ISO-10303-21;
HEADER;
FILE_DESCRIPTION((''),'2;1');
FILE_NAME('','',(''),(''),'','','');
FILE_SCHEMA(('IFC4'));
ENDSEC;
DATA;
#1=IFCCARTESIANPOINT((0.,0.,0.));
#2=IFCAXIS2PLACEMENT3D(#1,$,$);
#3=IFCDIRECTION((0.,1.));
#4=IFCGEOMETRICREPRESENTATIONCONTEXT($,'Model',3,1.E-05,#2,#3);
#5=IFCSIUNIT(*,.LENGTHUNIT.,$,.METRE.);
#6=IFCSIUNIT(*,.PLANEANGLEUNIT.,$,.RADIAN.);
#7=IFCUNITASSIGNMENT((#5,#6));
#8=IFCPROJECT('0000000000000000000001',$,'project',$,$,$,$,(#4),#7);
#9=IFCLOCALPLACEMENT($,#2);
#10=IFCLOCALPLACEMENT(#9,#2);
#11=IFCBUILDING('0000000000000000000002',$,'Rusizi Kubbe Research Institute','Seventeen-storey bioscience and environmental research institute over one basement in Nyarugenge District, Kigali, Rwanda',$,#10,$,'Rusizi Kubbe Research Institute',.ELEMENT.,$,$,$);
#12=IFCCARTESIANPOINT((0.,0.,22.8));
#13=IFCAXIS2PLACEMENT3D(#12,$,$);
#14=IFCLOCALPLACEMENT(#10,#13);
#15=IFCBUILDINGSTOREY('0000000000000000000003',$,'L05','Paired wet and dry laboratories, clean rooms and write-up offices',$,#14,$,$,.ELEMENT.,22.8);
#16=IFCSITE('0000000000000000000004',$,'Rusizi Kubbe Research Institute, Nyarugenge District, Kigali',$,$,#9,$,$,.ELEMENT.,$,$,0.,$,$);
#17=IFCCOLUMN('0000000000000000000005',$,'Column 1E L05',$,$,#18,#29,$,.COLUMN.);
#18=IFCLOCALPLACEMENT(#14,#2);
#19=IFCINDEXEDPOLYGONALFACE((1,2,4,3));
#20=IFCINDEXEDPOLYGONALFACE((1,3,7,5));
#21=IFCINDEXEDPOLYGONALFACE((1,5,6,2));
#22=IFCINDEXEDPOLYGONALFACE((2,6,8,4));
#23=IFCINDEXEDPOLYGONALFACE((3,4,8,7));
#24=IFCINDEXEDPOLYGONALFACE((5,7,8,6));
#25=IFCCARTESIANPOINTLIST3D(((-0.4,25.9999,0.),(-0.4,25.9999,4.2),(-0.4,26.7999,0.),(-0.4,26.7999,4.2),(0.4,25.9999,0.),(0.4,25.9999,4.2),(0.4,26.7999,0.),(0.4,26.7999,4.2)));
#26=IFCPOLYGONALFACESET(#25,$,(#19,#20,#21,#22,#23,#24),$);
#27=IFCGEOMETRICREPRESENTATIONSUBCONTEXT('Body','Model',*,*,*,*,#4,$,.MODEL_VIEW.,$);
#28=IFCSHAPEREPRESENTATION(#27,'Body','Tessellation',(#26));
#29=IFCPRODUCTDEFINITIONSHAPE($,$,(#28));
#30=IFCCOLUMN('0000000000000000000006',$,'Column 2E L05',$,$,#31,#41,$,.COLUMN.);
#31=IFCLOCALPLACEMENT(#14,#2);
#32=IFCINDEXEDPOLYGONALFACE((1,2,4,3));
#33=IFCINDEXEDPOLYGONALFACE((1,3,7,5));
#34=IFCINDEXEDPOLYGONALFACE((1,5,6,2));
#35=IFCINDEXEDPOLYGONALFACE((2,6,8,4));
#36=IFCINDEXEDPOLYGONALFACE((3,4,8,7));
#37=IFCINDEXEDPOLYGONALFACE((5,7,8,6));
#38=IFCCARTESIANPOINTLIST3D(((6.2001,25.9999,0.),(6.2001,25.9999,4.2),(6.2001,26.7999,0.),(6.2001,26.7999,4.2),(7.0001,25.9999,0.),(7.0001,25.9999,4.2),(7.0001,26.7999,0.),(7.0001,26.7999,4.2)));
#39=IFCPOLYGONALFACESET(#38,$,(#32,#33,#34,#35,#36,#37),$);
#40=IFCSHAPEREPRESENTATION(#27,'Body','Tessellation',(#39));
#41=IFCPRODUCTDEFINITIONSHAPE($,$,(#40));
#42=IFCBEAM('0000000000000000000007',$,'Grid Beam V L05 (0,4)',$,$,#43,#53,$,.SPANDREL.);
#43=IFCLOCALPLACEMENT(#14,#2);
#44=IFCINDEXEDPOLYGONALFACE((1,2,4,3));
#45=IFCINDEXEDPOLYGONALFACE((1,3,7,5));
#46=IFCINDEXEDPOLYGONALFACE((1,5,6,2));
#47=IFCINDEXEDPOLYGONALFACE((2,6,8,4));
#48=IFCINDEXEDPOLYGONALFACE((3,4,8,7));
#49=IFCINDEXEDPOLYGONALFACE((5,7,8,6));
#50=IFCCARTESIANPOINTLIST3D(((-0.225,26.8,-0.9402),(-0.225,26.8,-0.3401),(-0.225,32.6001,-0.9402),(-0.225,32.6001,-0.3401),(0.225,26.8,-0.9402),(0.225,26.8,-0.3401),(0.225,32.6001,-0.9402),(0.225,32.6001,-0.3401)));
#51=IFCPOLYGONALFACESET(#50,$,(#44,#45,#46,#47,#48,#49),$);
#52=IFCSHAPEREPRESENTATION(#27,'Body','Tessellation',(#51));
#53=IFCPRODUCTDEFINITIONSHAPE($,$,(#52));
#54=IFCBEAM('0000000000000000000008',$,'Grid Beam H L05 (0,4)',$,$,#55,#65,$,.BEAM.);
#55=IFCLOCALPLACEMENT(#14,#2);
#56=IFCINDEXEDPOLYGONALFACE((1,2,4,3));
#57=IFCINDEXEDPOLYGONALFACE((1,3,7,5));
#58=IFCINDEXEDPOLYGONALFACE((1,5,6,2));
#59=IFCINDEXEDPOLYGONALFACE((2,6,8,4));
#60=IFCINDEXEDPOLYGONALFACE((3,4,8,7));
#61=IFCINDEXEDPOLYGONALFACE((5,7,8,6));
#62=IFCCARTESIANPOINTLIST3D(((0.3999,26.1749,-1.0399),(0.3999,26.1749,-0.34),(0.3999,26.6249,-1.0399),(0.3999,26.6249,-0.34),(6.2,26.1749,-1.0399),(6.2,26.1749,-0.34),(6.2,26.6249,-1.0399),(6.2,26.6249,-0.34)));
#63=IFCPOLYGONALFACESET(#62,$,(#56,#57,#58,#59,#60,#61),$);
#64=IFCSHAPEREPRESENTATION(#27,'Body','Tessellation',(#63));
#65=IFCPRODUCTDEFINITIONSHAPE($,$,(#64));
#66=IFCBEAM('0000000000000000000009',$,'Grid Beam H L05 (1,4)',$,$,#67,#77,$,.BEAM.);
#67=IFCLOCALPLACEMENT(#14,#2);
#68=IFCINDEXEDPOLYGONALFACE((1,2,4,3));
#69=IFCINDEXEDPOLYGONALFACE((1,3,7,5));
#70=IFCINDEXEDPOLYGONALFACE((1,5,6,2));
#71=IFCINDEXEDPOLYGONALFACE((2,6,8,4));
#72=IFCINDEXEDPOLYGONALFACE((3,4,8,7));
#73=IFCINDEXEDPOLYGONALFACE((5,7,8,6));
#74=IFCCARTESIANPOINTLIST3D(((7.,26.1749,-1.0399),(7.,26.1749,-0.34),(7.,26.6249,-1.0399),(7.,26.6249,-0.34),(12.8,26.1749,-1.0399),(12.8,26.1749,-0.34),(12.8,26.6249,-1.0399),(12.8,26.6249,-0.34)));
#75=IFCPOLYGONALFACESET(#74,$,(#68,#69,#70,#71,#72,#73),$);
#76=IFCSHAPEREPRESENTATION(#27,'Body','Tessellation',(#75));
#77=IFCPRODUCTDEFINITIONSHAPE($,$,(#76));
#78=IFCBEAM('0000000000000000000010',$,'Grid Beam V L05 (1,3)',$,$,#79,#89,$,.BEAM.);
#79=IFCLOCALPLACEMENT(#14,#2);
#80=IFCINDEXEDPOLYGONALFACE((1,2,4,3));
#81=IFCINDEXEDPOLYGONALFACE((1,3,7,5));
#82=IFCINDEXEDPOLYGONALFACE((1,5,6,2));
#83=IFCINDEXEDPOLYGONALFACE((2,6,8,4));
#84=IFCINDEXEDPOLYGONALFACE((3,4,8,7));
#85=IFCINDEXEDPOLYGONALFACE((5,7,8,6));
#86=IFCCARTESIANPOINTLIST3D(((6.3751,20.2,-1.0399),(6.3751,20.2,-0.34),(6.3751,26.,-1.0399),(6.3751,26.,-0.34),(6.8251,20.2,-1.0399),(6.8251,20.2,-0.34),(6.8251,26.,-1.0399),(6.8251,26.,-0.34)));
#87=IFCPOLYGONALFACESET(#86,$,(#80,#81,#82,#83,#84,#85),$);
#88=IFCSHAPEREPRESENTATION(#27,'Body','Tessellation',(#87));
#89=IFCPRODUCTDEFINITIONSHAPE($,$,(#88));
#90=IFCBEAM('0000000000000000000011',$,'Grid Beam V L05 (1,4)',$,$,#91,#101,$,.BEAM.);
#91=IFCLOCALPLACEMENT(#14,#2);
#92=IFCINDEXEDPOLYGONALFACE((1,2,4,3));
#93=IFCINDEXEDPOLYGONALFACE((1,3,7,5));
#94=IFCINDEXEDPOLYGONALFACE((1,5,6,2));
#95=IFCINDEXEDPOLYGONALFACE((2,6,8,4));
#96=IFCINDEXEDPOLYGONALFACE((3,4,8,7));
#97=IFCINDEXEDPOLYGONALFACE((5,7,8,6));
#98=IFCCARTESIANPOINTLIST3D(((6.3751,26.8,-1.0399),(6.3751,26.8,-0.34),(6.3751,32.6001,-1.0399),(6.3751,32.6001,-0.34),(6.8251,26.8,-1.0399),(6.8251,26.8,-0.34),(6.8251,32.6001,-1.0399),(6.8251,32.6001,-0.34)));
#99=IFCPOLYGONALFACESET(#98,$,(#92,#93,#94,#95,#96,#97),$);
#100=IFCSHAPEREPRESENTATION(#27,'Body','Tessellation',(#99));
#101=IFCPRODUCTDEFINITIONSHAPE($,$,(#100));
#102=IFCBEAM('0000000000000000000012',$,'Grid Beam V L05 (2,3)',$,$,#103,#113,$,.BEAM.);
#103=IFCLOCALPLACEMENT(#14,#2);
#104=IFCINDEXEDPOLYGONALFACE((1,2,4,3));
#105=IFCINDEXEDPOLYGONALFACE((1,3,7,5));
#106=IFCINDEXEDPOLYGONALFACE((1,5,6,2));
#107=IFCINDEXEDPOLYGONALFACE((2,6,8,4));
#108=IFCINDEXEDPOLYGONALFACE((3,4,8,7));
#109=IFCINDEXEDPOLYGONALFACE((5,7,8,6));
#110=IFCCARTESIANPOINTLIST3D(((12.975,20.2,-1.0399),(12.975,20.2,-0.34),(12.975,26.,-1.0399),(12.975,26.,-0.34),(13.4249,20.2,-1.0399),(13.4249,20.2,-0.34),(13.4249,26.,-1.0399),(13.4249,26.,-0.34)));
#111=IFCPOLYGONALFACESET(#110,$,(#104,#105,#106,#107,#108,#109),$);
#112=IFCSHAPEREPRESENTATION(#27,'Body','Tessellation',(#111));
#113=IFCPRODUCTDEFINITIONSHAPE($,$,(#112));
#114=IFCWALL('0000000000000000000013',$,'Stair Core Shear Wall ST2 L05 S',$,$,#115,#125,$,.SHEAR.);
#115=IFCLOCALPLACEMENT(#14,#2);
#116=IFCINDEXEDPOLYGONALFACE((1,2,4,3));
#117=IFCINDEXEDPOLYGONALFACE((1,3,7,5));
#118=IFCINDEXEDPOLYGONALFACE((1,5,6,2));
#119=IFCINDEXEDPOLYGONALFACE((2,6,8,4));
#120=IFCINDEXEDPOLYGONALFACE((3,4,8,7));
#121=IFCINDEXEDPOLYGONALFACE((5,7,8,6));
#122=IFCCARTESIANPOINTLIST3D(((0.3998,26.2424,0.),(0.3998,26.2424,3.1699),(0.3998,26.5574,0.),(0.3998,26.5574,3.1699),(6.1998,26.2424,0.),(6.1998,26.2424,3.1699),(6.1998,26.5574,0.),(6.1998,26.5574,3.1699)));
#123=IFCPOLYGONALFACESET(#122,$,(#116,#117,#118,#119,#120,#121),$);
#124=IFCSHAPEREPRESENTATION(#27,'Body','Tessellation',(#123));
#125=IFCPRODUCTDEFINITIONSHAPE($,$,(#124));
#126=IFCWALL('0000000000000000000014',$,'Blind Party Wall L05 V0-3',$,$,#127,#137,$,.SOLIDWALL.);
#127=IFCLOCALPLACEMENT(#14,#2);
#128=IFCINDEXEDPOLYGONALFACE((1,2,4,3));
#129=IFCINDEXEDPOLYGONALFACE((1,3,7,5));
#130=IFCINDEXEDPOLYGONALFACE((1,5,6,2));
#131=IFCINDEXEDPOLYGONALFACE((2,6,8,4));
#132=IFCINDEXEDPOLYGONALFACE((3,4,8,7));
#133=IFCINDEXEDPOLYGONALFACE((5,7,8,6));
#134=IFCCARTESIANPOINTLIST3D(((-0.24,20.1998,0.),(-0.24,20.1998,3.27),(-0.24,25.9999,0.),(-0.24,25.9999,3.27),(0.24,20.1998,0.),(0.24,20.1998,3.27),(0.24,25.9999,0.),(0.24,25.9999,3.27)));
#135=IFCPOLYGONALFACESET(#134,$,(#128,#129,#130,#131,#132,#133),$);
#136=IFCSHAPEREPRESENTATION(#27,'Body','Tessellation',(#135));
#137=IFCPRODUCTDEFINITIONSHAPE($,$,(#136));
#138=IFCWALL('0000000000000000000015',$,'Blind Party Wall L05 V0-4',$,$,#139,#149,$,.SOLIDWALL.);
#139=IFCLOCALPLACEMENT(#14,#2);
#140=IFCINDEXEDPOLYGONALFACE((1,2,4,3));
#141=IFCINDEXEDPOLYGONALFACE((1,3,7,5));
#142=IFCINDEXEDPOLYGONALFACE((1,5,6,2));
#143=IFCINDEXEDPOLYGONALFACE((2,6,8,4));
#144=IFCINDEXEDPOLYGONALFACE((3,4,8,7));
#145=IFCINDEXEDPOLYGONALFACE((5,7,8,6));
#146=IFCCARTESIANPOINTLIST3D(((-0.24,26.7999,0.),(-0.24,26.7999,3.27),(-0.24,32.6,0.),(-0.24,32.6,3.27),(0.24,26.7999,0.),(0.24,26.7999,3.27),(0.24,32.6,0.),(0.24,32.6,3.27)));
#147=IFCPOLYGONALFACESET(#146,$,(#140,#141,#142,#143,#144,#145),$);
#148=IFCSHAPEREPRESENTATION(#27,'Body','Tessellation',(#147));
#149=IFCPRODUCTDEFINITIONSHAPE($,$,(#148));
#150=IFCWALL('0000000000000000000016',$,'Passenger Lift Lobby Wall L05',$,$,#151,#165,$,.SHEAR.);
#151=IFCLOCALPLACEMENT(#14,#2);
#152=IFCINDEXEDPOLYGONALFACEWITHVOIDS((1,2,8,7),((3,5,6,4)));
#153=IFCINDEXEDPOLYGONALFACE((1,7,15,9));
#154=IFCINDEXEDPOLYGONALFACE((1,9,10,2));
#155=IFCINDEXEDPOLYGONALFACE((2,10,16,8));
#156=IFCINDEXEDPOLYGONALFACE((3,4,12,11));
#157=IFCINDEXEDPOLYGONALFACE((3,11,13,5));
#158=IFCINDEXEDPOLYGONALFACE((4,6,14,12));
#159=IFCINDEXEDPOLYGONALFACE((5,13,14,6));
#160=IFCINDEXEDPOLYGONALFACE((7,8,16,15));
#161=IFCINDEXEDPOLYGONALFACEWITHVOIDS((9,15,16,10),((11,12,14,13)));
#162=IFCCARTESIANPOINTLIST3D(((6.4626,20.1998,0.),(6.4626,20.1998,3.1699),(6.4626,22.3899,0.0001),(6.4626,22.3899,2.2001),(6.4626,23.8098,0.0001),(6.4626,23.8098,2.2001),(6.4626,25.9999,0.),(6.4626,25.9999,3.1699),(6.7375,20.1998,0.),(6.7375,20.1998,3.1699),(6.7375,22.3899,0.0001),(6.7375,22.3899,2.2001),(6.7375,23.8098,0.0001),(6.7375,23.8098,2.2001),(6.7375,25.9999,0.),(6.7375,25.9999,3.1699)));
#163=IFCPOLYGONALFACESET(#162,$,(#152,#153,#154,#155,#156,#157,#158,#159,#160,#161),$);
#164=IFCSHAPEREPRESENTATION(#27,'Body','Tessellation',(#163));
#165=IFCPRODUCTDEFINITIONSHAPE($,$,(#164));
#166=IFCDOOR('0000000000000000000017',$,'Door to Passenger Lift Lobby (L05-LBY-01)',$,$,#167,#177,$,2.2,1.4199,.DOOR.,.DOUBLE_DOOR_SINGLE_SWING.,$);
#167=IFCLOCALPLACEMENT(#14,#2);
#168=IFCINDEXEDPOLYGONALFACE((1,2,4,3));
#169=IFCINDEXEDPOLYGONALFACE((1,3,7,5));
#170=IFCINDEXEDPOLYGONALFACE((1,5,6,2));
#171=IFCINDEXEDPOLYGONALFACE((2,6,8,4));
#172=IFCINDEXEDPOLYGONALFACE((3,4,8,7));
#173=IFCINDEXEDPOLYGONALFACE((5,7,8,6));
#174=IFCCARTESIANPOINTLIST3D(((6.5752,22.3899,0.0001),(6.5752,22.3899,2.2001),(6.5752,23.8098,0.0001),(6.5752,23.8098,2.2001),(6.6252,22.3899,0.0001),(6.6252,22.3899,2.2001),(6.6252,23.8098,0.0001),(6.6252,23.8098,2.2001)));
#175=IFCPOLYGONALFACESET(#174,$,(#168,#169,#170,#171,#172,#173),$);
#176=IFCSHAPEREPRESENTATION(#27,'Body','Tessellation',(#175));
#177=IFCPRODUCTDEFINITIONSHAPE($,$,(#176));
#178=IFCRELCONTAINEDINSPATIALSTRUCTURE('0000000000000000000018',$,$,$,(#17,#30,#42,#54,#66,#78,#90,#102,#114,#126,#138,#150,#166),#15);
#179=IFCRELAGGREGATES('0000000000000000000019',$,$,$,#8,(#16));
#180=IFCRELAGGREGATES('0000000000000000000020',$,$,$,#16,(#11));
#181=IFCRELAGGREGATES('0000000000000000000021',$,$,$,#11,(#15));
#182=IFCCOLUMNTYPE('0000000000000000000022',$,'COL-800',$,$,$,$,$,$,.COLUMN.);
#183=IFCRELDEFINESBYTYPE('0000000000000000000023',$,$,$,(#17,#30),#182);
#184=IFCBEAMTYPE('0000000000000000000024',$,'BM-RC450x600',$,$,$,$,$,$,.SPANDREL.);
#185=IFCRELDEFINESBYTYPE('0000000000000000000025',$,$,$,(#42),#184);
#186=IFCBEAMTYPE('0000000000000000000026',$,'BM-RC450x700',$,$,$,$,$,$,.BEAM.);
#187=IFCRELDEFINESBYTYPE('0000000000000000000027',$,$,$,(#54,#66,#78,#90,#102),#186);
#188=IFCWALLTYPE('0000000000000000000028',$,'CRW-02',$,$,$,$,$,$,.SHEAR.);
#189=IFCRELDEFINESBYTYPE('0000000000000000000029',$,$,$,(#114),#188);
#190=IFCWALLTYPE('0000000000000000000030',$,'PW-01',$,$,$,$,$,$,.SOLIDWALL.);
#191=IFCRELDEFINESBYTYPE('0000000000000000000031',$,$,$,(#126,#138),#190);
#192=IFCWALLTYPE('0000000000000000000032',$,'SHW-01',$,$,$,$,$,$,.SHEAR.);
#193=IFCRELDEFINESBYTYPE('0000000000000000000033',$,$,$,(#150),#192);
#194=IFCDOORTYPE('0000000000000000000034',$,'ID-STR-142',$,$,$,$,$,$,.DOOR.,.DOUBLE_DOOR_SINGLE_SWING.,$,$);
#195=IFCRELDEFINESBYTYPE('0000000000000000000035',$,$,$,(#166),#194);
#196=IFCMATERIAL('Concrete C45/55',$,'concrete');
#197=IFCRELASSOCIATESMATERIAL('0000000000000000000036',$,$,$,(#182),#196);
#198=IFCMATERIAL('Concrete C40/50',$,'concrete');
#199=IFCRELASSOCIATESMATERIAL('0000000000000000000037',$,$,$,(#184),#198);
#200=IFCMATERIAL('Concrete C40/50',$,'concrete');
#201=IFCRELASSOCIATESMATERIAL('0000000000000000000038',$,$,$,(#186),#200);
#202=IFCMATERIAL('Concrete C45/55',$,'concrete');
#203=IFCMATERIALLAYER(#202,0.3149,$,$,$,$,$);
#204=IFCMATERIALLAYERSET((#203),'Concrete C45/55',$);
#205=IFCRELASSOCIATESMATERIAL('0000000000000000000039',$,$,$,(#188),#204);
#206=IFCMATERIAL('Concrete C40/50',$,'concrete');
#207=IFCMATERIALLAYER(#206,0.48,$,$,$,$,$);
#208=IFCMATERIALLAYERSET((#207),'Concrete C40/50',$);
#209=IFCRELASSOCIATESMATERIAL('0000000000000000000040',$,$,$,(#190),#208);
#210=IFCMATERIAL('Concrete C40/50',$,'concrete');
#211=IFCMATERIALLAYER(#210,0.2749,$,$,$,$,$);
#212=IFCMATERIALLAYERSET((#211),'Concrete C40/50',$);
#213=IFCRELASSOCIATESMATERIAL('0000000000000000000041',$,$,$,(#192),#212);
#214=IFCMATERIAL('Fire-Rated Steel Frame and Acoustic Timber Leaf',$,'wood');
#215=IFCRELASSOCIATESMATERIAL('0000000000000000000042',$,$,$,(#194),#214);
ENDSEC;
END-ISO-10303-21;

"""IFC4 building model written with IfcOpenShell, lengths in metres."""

from ifc_helpers import new_model, si_unit, direction, frame, frame_2d, origin, origin_2d, place, context, subcontext, project, spatial, rectangle, extrude, material, layer, layer_set, material_profile, profile_set, type_object, element, fill, save


model = new_model("IFC4")

# Units and contexts
model_context = context("Model", 3, precision=1e-05, world=origin(), true_north=direction((0.0, 1.0)))
body_context = subcontext(model_context, "Body", "Model", "MODEL_VIEW")
ifc_project = project(units=[si_unit("LENGTHUNIT", "METRE"), si_unit("PLANEANGLEUNIT", "RADIAN")], contexts=[model_context])

# Site, building, storey
site_placement = place(None, origin())
site = spatial("IfcSite", under=ifc_project, at=site_placement, Name="Rusizi Kubbe Research Institute, Nyarugenge District, Kigali", CompositionType="ELEMENT", RefElevation=0.0)
building_placement = place(site_placement, origin())
building = spatial("IfcBuilding", under=site, at=building_placement, Name="Rusizi Kubbe Research Institute", Description="Seventeen-storey bioscience and environmental research institute over one basement in Nyarugenge District, Kigali, Rwanda", LongName="Rusizi Kubbe Research Institute", CompositionType="ELEMENT")
storey_placement = place(building_placement, frame((0.0, 0.0, 22.8)))
storey = spatial("IfcBuildingStorey", under=building, at=storey_placement, Name="L05", Description="Paired wet and dry laboratories, clean rooms and write-up offices", CompositionType="ELEMENT", Elevation=22.8)

# Columns
ifc_material_1 = material(Name="Concrete C45/55", Category="concrete")
ifc_material_profile_1 = material_profile(ifc_material_1, rectangle(XDim=0.8, YDim=0.8, at=origin_2d()), Name="RC800x800")
ifc_profile_set_1 = profile_set([ifc_material_profile_1], Name="Concrete C45/55")
column_type = type_object("IfcColumnType", Name="COL-800", PredefinedType="COLUMN", material=ifc_profile_set_1)
for number, where, z_axis, x_axis, name in (
    (1, (0.0, 26.3999, 0.0), (0.0, 0.0, 1.0), (1.0, 0.0, 0.0), "Column 1E L05"),
    (2, (6.6001, 26.3999, 0.0), (0.0, 0.0, 1.0), (1.0, 0.0, 0.0), "Column 2E L05"),
):
    element("IfcColumn", number, at=place(storey_placement, frame(where, z_axis=z_axis, x_axis=x_axis)), inside=storey, type_object=column_type, Name=name, PredefinedType="COLUMN", context=body_context, shape_type="SweptSolid", body=[
        extrude(rectangle(XDim=0.8, YDim=0.8, at=origin_2d()), origin(), (0.0, 0.0, 1.0), 4.2),
    ])

# Beams
ifc_material_2 = material(Name="Concrete C40/50", Category="concrete")
ifc_material_profile_2 = material_profile(ifc_material_2, rectangle(XDim=0.45, YDim=0.6001, at=origin_2d()), Name="RC450x600")
ifc_profile_set_2 = profile_set([ifc_material_profile_2], Name="Concrete C40/50")
beam_type_1 = type_object("IfcBeamType", Name="BM-RC450x600", PredefinedType="SPANDREL", material=ifc_profile_set_2)
beam_placement = place(storey_placement, frame((0.0, 26.8, -0.6401), z_axis=(0.0, 1.0, 0.0), x_axis=(-1.0, 0.0, 0.0)))
element("IfcBeam", 3, at=beam_placement, inside=storey, type_object=beam_type_1, Name="Grid Beam V L05 (0,4)", PredefinedType="SPANDREL", context=body_context, shape_type="SweptSolid", body=[
    extrude(rectangle(XDim=0.45, YDim=0.6001, at=origin_2d()), origin(), (0.0, 0.0, 1.0), 5.8),
])
ifc_material_3 = material(Name="Concrete C40/50", Category="concrete")
ifc_material_profile_3 = material_profile(ifc_material_3, rectangle(XDim=0.45, YDim=0.7, at=origin_2d()), Name="RC450x700B")
ifc_profile_set_3 = profile_set([ifc_material_profile_3], Name="Concrete C40/50")
beam_type_2 = type_object("IfcBeamType", Name="BM-RC450x700", PredefinedType="BEAM", material=ifc_profile_set_3)
for number, where, z_axis, x_axis, name in (
    (4, (0.3999, 26.3999, -0.6899), (1.0, 0.0, 0.0), (0.0, 1.0, 0.0), "Grid Beam H L05 (0,4)"),
    (5, (7.0, 26.3999, -0.6899), (1.0, 0.0, 0.0), (0.0, 1.0, 0.0), "Grid Beam H L05 (1,4)"),
    (6, (6.6001, 20.2, -0.6899), (0.0, 1.0, 0.0), (-1.0, 0.0, 0.0), "Grid Beam V L05 (1,3)"),
    (7, (6.6001, 26.8, -0.6899), (0.0, 1.0, 0.0), (-1.0, 0.0, 0.0), "Grid Beam V L05 (1,4)"),
    (8, (13.2, 20.2, -0.6899), (0.0, 1.0, 0.0), (-1.0, 0.0, 0.0), "Grid Beam V L05 (2,3)"),
):
    element("IfcBeam", number, at=place(storey_placement, frame(where, z_axis=z_axis, x_axis=x_axis)), inside=storey, type_object=beam_type_2, Name=name, PredefinedType="BEAM", context=body_context, shape_type="SweptSolid", body=[
        extrude(rectangle(XDim=0.45, YDim=0.7, at=origin_2d()), origin(), (0.0, 0.0, 1.0), 5.8),
    ])

# Wall
ifc_material_4 = material(Name="Concrete C45/55", Category="concrete")
ifc_layer_1 = layer(ifc_material_4, 0.3149)
ifc_layer_set_1 = layer_set([ifc_layer_1], Name="Concrete C45/55")
wall_type_1 = type_object("IfcWallType", Name="CRW-02", PredefinedType="SHEAR", material=ifc_layer_set_1)
wall_1_placement = place(storey_placement, frame((0.3999, 26.3999, 0.0), z_axis=(0.0, 0.0, 1.0), x_axis=(1.0, 0.0, 0.0)))
element("IfcWall", 9, at=wall_1_placement, inside=storey, type_object=wall_type_1, Name="Stair Core Shear Wall ST2 L05 S", PredefinedType="SHEAR", context=body_context, shape_type="SweptSolid", body=[
    extrude(rectangle(XDim=5.8, YDim=0.3149, at=frame_2d((2.8999, 0.0))), origin(), (0.0, 0.0, 1.0), 3.1699),
])

# Walls
ifc_material_5 = material(Name="Concrete C40/50", Category="concrete")
ifc_layer_2 = layer(ifc_material_5, 0.48)
ifc_layer_set_2 = layer_set([ifc_layer_2], Name="Concrete C40/50")
wall_type_2 = type_object("IfcWallType", Name="PW-01", PredefinedType="SOLIDWALL", material=ifc_layer_set_2)
for number, where, z_axis, x_axis, name in (
    (10, (0.0, 20.2, 0.0), (0.0, 0.0, 1.0), (0.0, 1.0, 0.0), "Blind Party Wall L05 V0-3"),
    (11, (0.0, 26.8, 0.0), (0.0, 0.0, 1.0), (0.0, 1.0, 0.0), "Blind Party Wall L05 V0-4"),
):
    element("IfcWall", number, at=place(storey_placement, frame(where, z_axis=z_axis, x_axis=x_axis)), inside=storey, type_object=wall_type_2, Name=name, PredefinedType="SOLIDWALL", context=body_context, shape_type="SweptSolid", body=[
        extrude(rectangle(XDim=5.8, YDim=0.48, at=frame_2d((2.8999, 0.0))), origin(), (0.0, 0.0, 1.0), 3.27),
    ])

# Wall, opening, door
ifc_material_6 = material(Name="Concrete C40/50", Category="concrete")
ifc_layer_3 = layer(ifc_material_6, 0.2749)
ifc_layer_set_3 = layer_set([ifc_layer_3], Name="Concrete C40/50")
wall_type_3 = type_object("IfcWallType", Name="SHW-01", PredefinedType="SHEAR", material=ifc_layer_set_3)
wall_2_placement = place(storey_placement, frame((6.6001, 20.2, 0.0), z_axis=(0.0, 0.0, 1.0), x_axis=(0.0, 1.0, 0.0)))
wall_2 = element("IfcWall", 12, at=wall_2_placement, inside=storey, type_object=wall_type_3, Name="Passenger Lift Lobby Wall L05", PredefinedType="SHEAR", context=body_context, shape_type="SweptSolid", body=[
    extrude(rectangle(XDim=5.8, YDim=0.2749, at=frame_2d((2.8999, 0.0))), origin(), (0.0, 0.0, 1.0), 3.1699),
])
opening_1_placement = place(wall_2_placement, frame((2.1899, 0.0, 0.0)))
opening_1 = element("IfcOpeningElement", 13, at=opening_1_placement, cuts=wall_2, PredefinedType="OPENING", context=body_context, shape_type="SweptSolid", body=[
    extrude(rectangle(XDim=1.4199, YDim=2.2, at=frame_2d((0.71, 1.1001))), frame((0.0, 0.1475, 0.0), z_axis=(0.0, -1.0, 0.0), x_axis=(1.0, 0.0, 0.0)), (0.0, 0.0, 1.0), 0.2949),
])
ifc_material_7 = material(Name="Fire-Rated Steel Frame and Acoustic Timber Leaf", Category="wood")
door_type_1 = type_object("IfcDoorType", Name="ID-STR-142", OperationType="DOUBLE_DOOR_SINGLE_SWING", PredefinedType="DOOR", material=ifc_material_7)
door_1_placement = place(opening_1_placement, origin())
door_1 = element("IfcDoor", 14, at=door_1_placement, inside=storey, type_object=door_type_1, Name="Door to Passenger Lift Lobby (L05-LBY-01)", OperationType="DOUBLE_DOOR_SINGLE_SWING", OverallHeight=2.2, OverallWidth=1.4199, PredefinedType="DOOR", context=body_context, shape_type="SweptSolid", body=[
    extrude(rectangle(XDim=1.4199, YDim=2.2, at=frame_2d((0.71, 1.1001))), frame((0.0, 0.0249, 0.0), z_axis=(0.0, -1.0, 0.0), x_axis=(1.0, 0.0, 0.0)), (0.0, 0.0, 1.0), 0.05),
])
fill(opening_1, door_1)

save(model, "model.ifc")
